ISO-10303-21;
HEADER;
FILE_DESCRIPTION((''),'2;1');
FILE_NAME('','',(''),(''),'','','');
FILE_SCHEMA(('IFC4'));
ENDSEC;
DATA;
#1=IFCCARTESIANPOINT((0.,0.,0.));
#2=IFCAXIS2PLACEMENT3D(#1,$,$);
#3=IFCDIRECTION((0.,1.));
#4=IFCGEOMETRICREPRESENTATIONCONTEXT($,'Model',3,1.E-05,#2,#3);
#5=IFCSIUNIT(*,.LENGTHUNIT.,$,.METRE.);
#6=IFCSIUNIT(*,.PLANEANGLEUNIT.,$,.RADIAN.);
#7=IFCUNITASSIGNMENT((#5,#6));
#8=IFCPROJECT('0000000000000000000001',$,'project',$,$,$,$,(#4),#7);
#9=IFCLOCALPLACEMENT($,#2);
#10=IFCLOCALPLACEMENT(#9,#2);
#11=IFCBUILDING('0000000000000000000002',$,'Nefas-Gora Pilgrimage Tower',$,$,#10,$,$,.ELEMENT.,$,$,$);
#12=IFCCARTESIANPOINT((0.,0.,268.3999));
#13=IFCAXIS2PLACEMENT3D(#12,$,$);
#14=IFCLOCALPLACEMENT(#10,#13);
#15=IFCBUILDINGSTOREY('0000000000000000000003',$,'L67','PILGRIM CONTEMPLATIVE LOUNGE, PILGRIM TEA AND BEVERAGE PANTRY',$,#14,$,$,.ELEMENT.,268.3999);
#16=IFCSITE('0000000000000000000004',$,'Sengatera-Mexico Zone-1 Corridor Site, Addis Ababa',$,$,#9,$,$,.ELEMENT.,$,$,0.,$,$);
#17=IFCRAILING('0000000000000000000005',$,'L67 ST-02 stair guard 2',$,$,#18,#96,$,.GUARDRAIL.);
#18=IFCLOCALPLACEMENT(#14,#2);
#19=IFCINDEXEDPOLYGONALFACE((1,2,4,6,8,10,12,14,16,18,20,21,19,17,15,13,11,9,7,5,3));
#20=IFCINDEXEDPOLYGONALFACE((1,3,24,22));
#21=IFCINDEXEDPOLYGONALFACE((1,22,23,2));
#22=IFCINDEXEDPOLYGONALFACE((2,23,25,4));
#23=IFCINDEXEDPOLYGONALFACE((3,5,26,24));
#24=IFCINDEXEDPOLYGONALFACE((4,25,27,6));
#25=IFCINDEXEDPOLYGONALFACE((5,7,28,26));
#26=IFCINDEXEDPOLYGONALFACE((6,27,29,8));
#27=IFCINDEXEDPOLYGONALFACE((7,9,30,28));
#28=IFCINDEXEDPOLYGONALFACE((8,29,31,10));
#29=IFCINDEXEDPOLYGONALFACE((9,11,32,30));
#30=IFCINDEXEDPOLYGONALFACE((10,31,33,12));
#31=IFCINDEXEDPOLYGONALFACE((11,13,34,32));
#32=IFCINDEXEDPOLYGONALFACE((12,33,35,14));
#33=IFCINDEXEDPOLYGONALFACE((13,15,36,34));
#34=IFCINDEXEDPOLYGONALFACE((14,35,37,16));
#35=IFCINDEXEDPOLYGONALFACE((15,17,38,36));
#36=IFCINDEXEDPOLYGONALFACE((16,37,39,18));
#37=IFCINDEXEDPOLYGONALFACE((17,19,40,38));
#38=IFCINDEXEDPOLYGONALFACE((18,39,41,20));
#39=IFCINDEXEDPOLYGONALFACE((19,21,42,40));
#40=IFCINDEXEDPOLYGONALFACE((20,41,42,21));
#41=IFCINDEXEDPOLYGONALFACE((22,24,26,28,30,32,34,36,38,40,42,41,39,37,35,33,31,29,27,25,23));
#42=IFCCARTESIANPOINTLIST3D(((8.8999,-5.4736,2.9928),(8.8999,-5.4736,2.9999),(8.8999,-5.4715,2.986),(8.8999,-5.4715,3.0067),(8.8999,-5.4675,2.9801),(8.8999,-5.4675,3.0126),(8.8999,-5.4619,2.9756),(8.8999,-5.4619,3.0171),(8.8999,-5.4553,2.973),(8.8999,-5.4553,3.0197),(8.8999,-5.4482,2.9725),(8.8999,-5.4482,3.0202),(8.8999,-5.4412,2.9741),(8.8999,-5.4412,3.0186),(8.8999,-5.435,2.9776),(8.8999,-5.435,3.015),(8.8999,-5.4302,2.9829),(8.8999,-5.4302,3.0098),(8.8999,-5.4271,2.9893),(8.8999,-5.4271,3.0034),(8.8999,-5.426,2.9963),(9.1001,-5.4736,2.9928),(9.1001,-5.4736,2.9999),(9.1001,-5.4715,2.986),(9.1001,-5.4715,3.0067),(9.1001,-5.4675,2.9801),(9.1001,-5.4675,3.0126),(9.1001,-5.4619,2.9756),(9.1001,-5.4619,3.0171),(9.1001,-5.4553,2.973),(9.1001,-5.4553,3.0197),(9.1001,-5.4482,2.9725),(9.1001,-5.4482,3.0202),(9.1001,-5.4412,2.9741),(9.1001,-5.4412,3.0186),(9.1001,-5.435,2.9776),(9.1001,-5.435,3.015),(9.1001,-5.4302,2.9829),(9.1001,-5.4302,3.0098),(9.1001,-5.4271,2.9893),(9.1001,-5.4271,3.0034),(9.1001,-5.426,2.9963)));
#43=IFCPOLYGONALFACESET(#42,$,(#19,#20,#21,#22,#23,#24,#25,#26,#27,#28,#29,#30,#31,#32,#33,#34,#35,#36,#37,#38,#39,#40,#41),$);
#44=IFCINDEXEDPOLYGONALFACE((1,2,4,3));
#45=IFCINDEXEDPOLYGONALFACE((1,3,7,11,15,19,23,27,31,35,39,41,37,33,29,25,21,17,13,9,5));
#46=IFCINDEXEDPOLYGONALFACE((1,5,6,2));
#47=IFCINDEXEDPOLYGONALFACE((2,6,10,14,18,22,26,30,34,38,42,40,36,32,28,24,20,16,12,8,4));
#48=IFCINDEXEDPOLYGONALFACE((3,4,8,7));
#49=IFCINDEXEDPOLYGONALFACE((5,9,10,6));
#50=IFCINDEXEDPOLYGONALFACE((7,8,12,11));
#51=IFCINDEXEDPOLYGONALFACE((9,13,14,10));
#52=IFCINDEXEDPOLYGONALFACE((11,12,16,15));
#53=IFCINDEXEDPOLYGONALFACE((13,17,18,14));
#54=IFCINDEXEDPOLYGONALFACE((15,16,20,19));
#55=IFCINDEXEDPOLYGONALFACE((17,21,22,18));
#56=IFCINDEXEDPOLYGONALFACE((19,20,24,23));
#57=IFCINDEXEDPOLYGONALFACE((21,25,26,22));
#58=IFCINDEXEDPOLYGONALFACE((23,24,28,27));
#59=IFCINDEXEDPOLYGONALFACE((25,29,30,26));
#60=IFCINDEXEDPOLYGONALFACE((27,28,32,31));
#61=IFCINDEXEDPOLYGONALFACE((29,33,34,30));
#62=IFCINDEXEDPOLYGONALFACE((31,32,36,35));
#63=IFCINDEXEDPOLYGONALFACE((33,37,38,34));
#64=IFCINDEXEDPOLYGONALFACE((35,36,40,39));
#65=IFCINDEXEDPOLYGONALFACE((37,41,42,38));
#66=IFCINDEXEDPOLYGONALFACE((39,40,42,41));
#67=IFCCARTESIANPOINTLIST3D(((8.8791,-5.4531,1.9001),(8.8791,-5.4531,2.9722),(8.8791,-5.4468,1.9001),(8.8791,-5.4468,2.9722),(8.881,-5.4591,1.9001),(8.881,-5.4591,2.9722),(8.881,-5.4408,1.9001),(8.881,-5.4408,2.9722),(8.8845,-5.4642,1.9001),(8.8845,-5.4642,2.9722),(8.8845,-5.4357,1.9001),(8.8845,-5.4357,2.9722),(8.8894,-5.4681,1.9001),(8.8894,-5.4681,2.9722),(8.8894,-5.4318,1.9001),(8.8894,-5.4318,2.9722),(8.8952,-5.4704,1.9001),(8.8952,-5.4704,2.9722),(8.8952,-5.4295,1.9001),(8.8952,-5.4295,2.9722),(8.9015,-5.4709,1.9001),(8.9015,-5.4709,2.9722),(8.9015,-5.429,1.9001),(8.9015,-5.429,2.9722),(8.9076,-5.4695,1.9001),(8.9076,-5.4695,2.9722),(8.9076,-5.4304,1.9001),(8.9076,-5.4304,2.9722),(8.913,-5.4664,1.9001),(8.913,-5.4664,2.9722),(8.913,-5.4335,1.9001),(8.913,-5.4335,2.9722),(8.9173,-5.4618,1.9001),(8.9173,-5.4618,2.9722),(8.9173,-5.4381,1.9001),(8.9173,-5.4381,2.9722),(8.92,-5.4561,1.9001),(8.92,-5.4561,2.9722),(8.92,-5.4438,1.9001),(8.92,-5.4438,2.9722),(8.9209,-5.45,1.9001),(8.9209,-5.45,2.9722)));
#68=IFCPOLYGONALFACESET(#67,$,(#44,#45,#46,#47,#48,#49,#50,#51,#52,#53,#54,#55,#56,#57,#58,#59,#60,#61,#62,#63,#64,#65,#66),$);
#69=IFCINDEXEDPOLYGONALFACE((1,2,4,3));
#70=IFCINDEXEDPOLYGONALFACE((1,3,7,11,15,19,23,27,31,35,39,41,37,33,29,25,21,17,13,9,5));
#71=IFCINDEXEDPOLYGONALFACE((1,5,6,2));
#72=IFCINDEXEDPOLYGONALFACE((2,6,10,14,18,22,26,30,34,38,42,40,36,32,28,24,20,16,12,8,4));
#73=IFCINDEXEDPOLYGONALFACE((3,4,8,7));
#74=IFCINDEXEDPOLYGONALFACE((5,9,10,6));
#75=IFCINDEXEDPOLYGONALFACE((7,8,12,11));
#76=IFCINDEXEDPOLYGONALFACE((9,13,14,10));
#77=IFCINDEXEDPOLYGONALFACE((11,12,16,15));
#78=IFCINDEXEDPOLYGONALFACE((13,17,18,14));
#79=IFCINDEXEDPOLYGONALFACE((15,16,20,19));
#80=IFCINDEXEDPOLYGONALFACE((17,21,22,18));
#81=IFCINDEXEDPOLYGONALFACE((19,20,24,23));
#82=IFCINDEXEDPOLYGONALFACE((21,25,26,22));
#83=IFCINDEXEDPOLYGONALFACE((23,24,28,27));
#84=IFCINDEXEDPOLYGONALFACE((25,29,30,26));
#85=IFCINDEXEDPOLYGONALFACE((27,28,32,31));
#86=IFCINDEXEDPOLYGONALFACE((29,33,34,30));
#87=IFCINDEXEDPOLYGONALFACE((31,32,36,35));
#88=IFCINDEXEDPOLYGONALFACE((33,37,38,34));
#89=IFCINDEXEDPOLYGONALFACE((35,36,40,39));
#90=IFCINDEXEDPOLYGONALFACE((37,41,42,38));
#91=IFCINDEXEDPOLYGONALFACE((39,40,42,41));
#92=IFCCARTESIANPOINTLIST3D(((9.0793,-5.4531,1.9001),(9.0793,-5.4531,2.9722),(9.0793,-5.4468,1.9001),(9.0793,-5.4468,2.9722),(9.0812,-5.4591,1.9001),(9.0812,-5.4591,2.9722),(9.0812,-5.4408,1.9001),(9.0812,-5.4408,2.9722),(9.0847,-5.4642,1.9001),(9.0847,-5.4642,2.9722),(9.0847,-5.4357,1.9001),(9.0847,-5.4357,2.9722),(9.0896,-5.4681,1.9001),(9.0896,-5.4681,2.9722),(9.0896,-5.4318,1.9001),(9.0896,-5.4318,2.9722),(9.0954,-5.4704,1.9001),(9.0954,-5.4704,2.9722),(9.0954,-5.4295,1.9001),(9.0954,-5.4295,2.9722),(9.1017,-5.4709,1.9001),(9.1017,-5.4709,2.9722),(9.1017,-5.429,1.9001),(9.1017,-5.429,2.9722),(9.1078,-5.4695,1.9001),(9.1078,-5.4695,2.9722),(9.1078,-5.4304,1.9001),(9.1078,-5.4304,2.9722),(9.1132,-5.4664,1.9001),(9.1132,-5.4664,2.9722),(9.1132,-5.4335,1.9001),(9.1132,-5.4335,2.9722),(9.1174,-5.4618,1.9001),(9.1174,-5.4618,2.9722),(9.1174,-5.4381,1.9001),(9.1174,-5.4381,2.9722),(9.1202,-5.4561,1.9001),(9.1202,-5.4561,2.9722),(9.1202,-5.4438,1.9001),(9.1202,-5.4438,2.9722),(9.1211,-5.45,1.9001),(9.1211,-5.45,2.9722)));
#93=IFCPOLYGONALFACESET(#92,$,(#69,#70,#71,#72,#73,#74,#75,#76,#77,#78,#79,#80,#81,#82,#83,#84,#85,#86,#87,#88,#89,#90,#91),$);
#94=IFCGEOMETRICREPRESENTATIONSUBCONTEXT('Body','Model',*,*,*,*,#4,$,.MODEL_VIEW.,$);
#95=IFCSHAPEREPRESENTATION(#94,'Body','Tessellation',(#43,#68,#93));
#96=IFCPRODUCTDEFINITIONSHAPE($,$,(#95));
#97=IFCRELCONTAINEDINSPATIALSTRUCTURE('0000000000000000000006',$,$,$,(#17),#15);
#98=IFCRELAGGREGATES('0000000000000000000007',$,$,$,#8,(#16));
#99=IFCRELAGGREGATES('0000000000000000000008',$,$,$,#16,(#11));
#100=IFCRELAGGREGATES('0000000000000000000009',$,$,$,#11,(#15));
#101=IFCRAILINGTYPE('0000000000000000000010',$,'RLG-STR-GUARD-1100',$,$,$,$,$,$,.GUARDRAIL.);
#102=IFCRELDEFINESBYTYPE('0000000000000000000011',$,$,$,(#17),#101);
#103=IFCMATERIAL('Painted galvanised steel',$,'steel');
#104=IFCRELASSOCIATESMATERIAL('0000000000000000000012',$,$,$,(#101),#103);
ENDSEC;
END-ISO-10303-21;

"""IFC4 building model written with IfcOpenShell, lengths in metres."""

from ifc_helpers import new_model, si_unit, direction, frame, origin, origin_2d, place, context, subcontext, project, spatial, circle, extrude, material, type_object, element, save


model = new_model("IFC4")

# Units and contexts
model_context = context("Model", 3, precision=1e-05, world=origin(), true_north=direction((0.0, 1.0)))
body_context = subcontext(model_context, "Body", "Model", "MODEL_VIEW")
ifc_project = project(units=[si_unit("LENGTHUNIT", "METRE"), si_unit("PLANEANGLEUNIT", "RADIAN")], contexts=[model_context])

# Site, building, storey
site_placement = place(None, origin())
site = spatial("IfcSite", under=ifc_project, at=site_placement, Name="Sengatera-Mexico Zone-1 Corridor Site, Addis Ababa", CompositionType="ELEMENT", RefElevation=0.0)
building_placement = place(site_placement, origin())
building = spatial("IfcBuilding", under=site, at=building_placement, Name="Nefas-Gora Pilgrimage Tower", CompositionType="ELEMENT")
storey_placement = place(building_placement, frame((0.0, 0.0, 268.3999)))
storey = spatial("IfcBuildingStorey", under=building, at=storey_placement, Name="L67", Description="PILGRIM CONTEMPLATIVE LOUNGE, PILGRIM TEA AND BEVERAGE PANTRY", CompositionType="ELEMENT", Elevation=268.3999)

# Railing
ifc_material_1 = material(Name="Painted galvanised steel", Category="steel")
railing_type_1 = type_object("IfcRailingType", Name="RLG-STR-GUARD-1100", PredefinedType="GUARDRAIL", material=ifc_material_1)
railing_1_placement = place(storey_placement, frame((8.8999, -5.45, 1.9001)))
element("IfcRailing", 1, at=railing_1_placement, inside=storey, type_object=railing_type_1, Name="L67 ST-02 stair guard 2", PredefinedType="GUARDRAIL", context=body_context, shape_type="SweptSolid", body=[
    extrude(circle(Radius=0.0239, at=origin_2d()), frame((0.0, 0.0, 1.0962), z_axis=(1.0, 0.0, 0.0), x_axis=(0.0, 1.0, 0.0)), (0.0, 0.0, 1.0), 0.2002),
    extrude(circle(Radius=0.021, at=origin_2d()), origin(), (0.0, 0.0, 1.0), 1.072),
    extrude(circle(Radius=0.021, at=origin_2d()), frame((0.2002, 0.0, 0.0)), (0.0, 0.0, 1.0), 1.072),
])

save(model, "model.ifc")
